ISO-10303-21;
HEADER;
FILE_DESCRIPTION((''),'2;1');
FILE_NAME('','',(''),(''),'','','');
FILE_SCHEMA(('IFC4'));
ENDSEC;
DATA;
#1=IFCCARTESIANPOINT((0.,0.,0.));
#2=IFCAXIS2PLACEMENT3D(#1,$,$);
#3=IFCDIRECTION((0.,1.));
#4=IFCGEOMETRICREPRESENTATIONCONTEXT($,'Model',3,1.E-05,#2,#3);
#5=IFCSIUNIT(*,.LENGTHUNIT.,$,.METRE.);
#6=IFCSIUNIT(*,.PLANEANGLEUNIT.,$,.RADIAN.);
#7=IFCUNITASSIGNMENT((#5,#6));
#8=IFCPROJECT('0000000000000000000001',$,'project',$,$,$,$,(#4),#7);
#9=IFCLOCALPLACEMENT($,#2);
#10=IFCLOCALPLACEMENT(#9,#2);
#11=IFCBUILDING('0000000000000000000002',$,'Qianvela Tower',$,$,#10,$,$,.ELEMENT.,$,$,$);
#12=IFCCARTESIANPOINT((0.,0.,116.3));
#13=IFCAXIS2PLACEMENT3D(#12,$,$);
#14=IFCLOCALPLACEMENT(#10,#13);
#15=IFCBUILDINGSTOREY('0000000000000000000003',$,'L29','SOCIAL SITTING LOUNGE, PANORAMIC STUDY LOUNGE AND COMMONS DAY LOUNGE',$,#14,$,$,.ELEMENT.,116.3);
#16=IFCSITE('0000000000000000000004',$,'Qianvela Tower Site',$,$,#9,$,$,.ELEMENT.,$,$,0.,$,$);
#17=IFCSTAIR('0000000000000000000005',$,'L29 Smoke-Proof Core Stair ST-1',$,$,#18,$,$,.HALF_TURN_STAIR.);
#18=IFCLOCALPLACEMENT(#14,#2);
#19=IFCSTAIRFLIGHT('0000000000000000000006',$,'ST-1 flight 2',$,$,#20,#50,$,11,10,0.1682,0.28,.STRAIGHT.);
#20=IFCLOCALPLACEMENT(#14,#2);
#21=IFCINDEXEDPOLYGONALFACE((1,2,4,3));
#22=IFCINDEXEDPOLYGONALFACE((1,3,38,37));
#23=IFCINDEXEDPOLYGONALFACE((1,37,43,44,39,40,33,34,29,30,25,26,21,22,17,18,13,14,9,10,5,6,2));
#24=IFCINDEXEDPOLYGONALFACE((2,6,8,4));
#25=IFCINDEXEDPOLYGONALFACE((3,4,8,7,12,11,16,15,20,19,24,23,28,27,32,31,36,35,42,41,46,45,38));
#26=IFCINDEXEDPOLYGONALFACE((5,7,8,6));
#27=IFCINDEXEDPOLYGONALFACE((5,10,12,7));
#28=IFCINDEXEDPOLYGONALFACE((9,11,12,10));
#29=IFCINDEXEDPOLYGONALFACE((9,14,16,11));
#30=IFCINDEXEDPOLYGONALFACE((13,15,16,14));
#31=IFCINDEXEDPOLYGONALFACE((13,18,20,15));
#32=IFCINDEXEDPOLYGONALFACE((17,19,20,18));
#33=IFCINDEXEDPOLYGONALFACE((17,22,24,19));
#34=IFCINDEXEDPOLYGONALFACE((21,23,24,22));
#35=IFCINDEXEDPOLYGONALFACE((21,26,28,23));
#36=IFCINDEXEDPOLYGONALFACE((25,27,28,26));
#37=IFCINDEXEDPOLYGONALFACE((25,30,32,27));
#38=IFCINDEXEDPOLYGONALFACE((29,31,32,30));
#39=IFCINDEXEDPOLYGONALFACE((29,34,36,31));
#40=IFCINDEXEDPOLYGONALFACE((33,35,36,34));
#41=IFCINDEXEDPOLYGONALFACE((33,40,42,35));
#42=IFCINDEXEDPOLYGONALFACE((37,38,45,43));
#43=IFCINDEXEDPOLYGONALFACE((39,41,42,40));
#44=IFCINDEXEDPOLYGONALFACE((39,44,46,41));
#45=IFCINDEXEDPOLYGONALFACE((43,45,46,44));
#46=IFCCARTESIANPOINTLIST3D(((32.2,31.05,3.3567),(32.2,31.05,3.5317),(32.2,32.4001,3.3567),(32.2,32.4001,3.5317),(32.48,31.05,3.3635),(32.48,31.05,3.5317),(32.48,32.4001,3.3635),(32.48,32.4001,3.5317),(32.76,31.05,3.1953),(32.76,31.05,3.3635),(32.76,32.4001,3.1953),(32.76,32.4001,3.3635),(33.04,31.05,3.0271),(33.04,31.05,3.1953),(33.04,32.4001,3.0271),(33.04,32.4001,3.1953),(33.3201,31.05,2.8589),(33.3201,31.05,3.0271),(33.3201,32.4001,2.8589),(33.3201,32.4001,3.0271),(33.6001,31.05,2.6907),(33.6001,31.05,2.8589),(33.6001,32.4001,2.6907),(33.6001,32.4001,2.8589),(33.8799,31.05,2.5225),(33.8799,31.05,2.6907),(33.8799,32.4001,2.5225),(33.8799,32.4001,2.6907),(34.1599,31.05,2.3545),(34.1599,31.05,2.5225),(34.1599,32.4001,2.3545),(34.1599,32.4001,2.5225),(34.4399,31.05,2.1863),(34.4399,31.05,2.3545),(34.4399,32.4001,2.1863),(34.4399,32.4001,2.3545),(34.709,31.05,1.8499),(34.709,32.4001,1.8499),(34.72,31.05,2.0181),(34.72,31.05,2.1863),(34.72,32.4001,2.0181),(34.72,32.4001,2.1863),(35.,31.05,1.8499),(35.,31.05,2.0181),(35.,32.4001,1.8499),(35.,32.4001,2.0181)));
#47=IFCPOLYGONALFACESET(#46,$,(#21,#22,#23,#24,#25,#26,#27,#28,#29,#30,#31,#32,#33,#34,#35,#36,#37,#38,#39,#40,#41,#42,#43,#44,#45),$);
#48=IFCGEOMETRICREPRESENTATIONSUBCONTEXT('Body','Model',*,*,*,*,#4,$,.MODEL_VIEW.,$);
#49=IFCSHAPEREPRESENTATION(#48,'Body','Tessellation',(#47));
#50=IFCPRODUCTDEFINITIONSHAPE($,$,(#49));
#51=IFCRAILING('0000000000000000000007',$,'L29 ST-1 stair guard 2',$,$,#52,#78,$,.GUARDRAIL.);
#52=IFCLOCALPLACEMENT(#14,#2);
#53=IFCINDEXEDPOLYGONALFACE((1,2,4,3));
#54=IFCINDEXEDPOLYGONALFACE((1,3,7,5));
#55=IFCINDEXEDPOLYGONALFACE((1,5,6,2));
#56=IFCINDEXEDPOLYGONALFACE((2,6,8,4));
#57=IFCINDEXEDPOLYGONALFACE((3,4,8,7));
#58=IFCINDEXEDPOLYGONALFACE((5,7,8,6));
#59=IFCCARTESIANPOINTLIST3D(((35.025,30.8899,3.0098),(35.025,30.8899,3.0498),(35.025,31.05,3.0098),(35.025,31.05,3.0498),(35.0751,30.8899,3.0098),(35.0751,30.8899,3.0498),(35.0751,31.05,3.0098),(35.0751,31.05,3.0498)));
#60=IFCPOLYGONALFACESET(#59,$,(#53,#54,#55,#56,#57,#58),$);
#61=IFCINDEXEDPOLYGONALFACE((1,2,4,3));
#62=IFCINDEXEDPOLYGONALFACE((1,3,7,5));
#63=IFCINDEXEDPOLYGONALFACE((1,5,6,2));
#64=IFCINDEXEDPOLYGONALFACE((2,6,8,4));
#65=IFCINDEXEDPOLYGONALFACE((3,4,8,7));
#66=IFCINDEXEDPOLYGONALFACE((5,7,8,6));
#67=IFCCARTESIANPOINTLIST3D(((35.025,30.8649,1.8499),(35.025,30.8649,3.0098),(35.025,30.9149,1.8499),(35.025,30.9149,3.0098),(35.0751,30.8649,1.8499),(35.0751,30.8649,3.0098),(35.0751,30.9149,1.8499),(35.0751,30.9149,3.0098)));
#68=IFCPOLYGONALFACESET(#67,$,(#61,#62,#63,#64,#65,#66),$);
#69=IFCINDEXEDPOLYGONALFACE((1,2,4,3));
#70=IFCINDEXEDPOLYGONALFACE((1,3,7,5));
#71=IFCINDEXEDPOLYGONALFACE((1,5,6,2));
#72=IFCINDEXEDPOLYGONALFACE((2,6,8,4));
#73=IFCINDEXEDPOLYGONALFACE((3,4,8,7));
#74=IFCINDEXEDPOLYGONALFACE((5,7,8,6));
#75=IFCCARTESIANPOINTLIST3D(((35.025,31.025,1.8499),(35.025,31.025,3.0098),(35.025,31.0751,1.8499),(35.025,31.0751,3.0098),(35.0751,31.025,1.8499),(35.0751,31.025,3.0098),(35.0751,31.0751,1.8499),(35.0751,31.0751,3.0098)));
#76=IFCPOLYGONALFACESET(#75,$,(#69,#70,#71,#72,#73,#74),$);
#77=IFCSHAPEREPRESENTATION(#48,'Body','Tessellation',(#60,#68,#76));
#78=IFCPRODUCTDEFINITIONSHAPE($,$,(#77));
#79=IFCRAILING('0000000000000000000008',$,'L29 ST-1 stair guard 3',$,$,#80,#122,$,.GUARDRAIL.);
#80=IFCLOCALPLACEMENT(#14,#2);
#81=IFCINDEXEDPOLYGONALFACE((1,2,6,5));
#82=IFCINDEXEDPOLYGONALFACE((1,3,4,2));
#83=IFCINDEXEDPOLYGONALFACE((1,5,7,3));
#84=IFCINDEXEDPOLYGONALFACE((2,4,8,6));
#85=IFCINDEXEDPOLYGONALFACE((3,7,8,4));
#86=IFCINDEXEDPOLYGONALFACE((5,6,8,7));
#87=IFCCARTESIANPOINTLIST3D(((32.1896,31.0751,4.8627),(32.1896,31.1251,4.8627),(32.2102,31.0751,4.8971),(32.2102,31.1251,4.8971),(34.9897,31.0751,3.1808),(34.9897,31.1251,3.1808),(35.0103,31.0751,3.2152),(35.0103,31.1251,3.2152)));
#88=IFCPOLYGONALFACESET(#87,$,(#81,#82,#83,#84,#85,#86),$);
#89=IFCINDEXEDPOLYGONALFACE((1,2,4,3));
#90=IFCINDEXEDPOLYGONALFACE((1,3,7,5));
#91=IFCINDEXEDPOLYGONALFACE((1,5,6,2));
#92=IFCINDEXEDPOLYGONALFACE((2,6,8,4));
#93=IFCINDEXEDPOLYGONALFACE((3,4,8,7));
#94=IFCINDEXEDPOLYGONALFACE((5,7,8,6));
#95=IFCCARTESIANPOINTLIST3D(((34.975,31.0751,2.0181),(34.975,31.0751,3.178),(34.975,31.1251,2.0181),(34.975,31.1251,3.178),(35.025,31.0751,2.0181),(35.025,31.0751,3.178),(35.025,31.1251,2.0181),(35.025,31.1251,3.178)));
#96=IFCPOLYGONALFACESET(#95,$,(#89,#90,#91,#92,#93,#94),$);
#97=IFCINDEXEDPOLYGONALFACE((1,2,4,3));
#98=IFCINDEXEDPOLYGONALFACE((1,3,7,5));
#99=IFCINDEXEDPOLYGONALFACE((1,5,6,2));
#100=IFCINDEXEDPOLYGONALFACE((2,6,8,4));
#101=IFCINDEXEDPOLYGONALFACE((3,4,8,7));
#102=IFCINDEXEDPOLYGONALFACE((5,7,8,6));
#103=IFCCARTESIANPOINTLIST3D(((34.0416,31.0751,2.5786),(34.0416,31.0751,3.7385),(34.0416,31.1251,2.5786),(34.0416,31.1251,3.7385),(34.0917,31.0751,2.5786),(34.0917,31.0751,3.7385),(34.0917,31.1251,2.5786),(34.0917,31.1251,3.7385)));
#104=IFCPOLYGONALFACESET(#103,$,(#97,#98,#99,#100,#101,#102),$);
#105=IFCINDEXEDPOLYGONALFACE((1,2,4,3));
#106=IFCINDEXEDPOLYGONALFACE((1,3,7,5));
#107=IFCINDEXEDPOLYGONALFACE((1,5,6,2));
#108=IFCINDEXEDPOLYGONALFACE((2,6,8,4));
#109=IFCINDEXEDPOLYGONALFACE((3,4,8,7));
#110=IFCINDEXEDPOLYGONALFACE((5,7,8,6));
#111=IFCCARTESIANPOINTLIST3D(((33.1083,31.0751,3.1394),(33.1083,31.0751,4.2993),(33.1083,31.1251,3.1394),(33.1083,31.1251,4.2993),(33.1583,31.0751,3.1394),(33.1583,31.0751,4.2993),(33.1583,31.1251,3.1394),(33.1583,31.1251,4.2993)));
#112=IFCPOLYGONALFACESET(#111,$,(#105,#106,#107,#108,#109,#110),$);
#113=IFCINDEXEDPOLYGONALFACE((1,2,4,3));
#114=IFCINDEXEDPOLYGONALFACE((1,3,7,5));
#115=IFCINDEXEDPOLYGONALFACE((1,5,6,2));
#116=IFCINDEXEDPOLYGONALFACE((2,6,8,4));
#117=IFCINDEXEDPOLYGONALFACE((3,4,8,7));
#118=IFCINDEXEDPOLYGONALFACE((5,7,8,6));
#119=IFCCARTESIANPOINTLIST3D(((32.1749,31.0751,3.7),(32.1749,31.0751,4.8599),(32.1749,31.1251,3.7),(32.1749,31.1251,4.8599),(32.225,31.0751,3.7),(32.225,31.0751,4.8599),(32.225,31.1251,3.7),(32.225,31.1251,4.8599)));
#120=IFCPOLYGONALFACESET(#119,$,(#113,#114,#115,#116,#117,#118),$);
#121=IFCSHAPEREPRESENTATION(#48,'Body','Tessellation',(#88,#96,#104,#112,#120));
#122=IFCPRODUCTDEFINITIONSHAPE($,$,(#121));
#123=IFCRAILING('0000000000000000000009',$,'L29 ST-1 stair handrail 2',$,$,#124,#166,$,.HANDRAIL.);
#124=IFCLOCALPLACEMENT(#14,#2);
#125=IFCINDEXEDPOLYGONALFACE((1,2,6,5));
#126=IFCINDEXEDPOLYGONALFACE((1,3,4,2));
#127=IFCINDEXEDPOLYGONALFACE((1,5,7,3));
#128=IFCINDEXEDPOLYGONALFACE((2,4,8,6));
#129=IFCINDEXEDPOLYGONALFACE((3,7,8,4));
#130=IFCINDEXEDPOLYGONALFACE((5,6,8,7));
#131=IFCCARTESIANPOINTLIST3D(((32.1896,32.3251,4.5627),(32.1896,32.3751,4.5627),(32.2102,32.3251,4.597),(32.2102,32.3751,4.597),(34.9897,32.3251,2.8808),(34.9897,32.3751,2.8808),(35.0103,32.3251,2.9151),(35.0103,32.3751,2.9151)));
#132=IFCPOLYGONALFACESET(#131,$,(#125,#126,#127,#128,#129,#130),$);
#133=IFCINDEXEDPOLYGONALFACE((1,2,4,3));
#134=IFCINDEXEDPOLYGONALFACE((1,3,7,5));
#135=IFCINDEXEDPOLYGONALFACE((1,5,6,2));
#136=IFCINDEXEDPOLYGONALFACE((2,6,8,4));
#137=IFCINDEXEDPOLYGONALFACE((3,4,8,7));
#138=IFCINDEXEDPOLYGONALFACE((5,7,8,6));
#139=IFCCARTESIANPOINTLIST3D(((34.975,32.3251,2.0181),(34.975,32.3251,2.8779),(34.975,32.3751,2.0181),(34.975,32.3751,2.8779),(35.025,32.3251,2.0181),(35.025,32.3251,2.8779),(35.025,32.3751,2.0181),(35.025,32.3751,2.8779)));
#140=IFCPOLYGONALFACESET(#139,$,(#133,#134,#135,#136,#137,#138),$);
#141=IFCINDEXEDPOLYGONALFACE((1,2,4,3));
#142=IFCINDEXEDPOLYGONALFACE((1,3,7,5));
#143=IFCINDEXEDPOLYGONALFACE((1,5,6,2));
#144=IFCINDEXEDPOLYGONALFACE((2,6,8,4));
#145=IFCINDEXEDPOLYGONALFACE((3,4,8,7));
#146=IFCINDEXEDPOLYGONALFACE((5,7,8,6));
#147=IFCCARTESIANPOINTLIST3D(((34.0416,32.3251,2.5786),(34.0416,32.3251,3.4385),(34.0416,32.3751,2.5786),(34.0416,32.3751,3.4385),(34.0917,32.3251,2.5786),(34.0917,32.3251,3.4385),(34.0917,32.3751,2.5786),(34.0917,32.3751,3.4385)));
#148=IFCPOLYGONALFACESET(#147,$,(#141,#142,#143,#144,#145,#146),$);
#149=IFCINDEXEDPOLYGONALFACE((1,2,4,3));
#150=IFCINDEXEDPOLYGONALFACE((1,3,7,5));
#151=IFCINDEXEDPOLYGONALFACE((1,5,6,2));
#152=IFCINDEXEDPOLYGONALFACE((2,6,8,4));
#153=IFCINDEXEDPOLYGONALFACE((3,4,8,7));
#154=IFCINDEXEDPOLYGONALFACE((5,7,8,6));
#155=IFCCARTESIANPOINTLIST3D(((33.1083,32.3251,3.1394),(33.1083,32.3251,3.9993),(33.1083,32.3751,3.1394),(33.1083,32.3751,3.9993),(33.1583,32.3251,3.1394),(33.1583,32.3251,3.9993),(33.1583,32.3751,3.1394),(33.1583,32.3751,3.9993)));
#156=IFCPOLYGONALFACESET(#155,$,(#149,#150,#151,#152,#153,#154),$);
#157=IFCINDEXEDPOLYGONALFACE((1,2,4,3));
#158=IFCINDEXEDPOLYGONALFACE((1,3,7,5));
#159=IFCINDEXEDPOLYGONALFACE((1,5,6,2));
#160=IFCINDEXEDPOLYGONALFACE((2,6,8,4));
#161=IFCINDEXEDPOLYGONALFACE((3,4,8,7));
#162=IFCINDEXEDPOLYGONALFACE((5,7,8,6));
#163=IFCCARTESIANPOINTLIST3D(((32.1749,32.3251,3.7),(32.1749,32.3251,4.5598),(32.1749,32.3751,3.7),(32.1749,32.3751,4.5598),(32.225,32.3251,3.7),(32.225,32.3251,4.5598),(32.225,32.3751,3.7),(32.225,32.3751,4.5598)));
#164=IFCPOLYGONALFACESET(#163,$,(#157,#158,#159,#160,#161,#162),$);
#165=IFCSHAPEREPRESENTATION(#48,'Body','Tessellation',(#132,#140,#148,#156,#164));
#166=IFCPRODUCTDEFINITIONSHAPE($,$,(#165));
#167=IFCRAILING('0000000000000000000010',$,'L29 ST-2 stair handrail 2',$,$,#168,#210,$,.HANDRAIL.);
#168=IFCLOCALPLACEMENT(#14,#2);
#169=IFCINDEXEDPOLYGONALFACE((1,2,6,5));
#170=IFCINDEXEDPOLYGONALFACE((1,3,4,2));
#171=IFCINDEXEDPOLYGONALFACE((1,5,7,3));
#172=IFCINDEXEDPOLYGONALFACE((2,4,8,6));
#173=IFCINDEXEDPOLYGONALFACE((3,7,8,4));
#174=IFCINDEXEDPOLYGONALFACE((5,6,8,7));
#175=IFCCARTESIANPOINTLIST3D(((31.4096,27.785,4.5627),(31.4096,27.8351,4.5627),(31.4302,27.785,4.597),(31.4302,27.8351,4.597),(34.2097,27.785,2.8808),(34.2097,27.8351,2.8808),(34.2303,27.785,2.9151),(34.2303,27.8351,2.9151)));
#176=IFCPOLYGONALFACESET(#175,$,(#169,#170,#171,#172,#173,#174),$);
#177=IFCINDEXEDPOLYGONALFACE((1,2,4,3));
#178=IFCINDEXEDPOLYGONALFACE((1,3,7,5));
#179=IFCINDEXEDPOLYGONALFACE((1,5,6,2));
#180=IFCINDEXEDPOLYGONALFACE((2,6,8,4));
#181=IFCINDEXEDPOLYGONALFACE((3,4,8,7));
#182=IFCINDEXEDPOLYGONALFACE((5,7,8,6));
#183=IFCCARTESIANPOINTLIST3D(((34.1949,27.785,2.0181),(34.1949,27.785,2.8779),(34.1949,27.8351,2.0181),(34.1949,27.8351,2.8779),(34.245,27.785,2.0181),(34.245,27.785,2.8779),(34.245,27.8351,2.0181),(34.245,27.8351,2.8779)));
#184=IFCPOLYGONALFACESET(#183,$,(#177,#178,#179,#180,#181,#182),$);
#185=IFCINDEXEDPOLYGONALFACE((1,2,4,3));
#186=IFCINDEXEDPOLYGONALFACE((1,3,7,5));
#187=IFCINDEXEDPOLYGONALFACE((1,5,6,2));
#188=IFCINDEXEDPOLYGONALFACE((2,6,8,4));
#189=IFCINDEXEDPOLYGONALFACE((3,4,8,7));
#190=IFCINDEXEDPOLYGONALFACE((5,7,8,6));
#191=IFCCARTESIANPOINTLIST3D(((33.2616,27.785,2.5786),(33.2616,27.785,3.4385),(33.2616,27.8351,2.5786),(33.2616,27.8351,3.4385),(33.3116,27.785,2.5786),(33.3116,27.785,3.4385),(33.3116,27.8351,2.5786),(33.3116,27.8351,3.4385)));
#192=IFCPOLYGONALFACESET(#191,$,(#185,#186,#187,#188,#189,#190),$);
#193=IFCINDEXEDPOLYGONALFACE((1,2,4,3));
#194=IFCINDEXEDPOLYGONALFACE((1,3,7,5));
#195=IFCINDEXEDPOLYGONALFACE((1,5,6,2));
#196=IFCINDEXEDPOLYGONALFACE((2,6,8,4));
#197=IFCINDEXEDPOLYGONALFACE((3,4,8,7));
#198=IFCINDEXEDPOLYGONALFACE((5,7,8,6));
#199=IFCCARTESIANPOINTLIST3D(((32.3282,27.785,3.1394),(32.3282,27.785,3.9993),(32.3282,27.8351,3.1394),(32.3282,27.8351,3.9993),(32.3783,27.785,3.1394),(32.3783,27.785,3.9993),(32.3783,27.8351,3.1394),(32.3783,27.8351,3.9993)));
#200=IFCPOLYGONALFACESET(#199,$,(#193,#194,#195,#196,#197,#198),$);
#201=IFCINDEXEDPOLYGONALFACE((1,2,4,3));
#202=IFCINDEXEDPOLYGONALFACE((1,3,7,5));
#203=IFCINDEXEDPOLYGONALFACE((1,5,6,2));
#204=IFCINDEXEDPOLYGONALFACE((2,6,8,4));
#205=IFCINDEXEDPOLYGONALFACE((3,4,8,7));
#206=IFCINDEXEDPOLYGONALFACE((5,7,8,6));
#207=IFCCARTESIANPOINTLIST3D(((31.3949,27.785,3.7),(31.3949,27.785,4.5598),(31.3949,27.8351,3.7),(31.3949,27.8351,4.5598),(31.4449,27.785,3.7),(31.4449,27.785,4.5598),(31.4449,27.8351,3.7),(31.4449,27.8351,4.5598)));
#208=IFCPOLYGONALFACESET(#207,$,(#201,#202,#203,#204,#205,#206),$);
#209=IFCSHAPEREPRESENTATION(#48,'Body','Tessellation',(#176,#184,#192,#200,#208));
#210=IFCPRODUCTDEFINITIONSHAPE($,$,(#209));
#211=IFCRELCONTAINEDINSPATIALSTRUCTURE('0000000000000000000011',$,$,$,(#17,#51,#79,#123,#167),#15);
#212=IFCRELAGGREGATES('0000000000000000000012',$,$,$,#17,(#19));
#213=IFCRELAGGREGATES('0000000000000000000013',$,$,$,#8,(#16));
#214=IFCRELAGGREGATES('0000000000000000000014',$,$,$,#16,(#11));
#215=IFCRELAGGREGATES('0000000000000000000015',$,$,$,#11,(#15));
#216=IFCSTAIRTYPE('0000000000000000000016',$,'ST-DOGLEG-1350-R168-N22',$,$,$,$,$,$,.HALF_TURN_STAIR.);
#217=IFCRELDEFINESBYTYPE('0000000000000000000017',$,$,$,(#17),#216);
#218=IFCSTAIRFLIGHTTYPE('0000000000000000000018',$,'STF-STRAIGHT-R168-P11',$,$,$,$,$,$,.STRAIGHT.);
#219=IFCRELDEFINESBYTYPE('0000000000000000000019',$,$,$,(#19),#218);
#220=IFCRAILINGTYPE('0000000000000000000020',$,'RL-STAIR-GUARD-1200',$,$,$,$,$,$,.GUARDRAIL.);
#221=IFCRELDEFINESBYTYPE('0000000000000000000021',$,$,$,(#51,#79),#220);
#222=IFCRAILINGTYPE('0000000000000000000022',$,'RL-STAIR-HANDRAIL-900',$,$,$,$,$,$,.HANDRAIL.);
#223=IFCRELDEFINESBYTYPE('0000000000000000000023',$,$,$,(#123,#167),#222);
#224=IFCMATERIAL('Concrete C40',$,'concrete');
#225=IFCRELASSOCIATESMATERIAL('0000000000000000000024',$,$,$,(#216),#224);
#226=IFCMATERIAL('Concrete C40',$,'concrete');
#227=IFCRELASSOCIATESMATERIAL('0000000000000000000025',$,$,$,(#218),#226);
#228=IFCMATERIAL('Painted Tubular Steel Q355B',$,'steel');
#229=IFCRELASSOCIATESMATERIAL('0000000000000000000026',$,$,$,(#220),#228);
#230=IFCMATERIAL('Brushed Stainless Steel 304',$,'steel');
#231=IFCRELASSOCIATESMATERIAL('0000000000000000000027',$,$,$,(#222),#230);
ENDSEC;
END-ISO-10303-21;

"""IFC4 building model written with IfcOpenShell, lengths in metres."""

from ifc_helpers import new_model, si_unit, direction, frame, origin, origin_2d, place, context, subcontext, project, spatial, polyline, rectangle, outline, extrude, material, type_object, element, aggregate, save


model = new_model("IFC4")

# Units and contexts
model_context = context("Model", 3, precision=1e-05, world=origin(), true_north=direction((0.0, 1.0)))
body_context = subcontext(model_context, "Body", "Model", "MODEL_VIEW")
ifc_project = project(units=[si_unit("LENGTHUNIT", "METRE"), si_unit("PLANEANGLEUNIT", "RADIAN")], contexts=[model_context])

# Site, building, storey
site_placement = place(None, origin())
site = spatial("IfcSite", under=ifc_project, at=site_placement, Name="Qianvela Tower Site", CompositionType="ELEMENT", RefElevation=0.0)
building_placement = place(site_placement, origin())
building = spatial("IfcBuilding", under=site, at=building_placement, Name="Qianvela Tower", CompositionType="ELEMENT")
storey_placement = place(building_placement, frame((0.0, 0.0, 116.3)))
storey = spatial("IfcBuildingStorey", under=building, at=storey_placement, Name="L29", Description="SOCIAL SITTING LOUNGE, PANORAMIC STUDY LOUNGE AND COMMONS DAY LOUNGE", CompositionType="ELEMENT", Elevation=116.3)

# Stair, stair flight
ifc_material_1 = material(Name="Concrete C40", Category="concrete")
stair_type = type_object("IfcStairType", Name="ST-DOGLEG-1350-R168-N22", PredefinedType="HALF_TURN_STAIR", material=ifc_material_1)
stair_placement = place(storey_placement, origin())
stair = element("IfcStair", 1, at=stair_placement, inside=storey, type_object=stair_type, Name="L29 Smoke-Proof Core Stair ST-1", PredefinedType="HALF_TURN_STAIR")
ifc_material_2 = material(Name="Concrete C40", Category="concrete")
stair_flight_type = type_object("IfcStairFlightType", Name="STF-STRAIGHT-R168-P11", PredefinedType="STRAIGHT", material=ifc_material_2)
stair_flight_placement = place(storey_placement, frame((35.0, 31.7251, 1.8499), z_axis=(0.0, 0.0, 1.0), x_axis=(-1.0, 0.0, 0.0)))
stair_flight = element("IfcStairFlight", 2, at=stair_flight_placement, type_object=stair_flight_type, Name="ST-1 flight 2", NumberOfRisers=11, NumberOfTreads=10, PredefinedType="STRAIGHT", RiserHeight=0.1682, TreadLength=0.28, context=body_context, shape_type="SweptSolid", body=[
    extrude(outline(polyline([(0.0, 0.0), (0.0, 0.1682), (0.28, 0.1682), (0.28, 0.3364), (0.5601, 0.3364), (0.5601, 0.5046), (0.8401, 0.5046), (0.8401, 0.6726), (1.1201, 0.6726), (1.1201, 0.8408), (1.3999, 0.8408), (1.3999, 1.009), (1.6799, 1.009), (1.6799, 1.1772), (1.96, 1.1772), (1.96, 1.3455), (2.24, 1.3455), (2.24, 1.5137), (2.52, 1.5137), (2.52, 1.6819), (2.8, 1.6819), (2.8, 1.8501), (2.8, 1.5068), (0.291, 0.0), (0.0, 0.0)])), frame((0.0, 0.675, 0.0), z_axis=(0.0, -1.0, 0.0), x_axis=(1.0, 0.0, 0.0)), (0.0, 0.0, 1.0), 1.3501),
])
aggregate(stair, [stair_flight])

# Railings
ifc_material_3 = material(Name="Painted Tubular Steel Q355B", Category="steel")
railing_type_1 = type_object("IfcRailingType", Name="RL-STAIR-GUARD-1200", PredefinedType="GUARDRAIL", material=ifc_material_3)
railing_1_placement = place(storey_placement, frame((35.05, 30.8899, 1.8499)))
element("IfcRailing", 3, at=railing_1_placement, inside=storey, type_object=railing_type_1, Name="L29 ST-1 stair guard 2", PredefinedType="GUARDRAIL", context=body_context, shape_type="SweptSolid", body=[
    extrude(rectangle(XDim=0.05, YDim=0.04, at=origin_2d()), frame((0.0, 0.0, 1.1799), z_axis=(0.0, 1.0, 0.0), x_axis=(-1.0, 0.0, 0.0)), (0.0, 0.0, 1.0), 0.1602),
    extrude(rectangle(XDim=0.05, YDim=0.05, at=origin_2d()), origin(), (0.0, 0.0, 1.0), 1.1599),
    extrude(rectangle(XDim=0.05, YDim=0.05, at=origin_2d()), frame((0.0, 0.1602, 0.0)), (0.0, 0.0, 1.0), 1.1599),
])
railing_2_placement = place(storey_placement, frame((35.0, 31.1001, 2.0181)))
element("IfcRailing", 4, at=railing_2_placement, inside=storey, type_object=railing_type_1, Name="L29 ST-1 stair guard 3", PredefinedType="GUARDRAIL", context=body_context, shape_type="SweptSolid", body=[
    extrude(rectangle(XDim=0.05, YDim=0.04, at=origin_2d()), frame((0.0, 0.0, 1.1799), z_axis=(-0.857242, 0.0, 0.514913), x_axis=(0.0, -1.0, 0.0)), (0.0, 0.0, 1.0), 3.2664),
    extrude(rectangle(XDim=0.05, YDim=0.05, at=origin_2d()), origin(), (0.0, 0.0, 1.0), 1.1599),
    extrude(rectangle(XDim=0.05, YDim=0.05, at=origin_2d()), frame((-0.9333, 0.0, 0.5605)), (0.0, 0.0, 1.0), 1.1599),
    extrude(rectangle(XDim=0.05, YDim=0.05, at=origin_2d()), frame((-1.8667, 0.0, 1.1213)), (0.0, 0.0, 1.0), 1.1599),
    extrude(rectangle(XDim=0.05, YDim=0.05, at=origin_2d()), frame((-2.8, 0.0, 1.6819)), (0.0, 0.0, 1.0), 1.1599),
])
ifc_material_4 = material(Name="Brushed Stainless Steel 304", Category="steel")
railing_type_2 = type_object("IfcRailingType", Name="RL-STAIR-HANDRAIL-900", PredefinedType="HANDRAIL", material=ifc_material_4)
for number, where, name in (
    (5, (35.0, 32.3501, 2.0181), "L29 ST-1 stair handrail 2"),
    (6, (34.22, 27.8101, 2.0181), "L29 ST-2 stair handrail 2"),
):
    element("IfcRailing", number, at=place(storey_placement, frame(where)), inside=storey, type_object=railing_type_2, Name=name, PredefinedType="HANDRAIL", context=body_context, shape_type="SweptSolid", body=[
        extrude(rectangle(XDim=0.05, YDim=0.04, at=origin_2d()), frame((0.0, 0.0, 0.8799), z_axis=(-0.857242, 0.0, 0.514913), x_axis=(0.0, -1.0, 0.0)), (0.0, 0.0, 1.0), 3.2664),
        extrude(rectangle(XDim=0.05, YDim=0.05, at=origin_2d()), origin(), (0.0, 0.0, 1.0), 0.8599),
        extrude(rectangle(XDim=0.05, YDim=0.05, at=origin_2d()), frame((-0.9333, 0.0, 0.5605)), (0.0, 0.0, 1.0), 0.8599),
        extrude(rectangle(XDim=0.05, YDim=0.05, at=origin_2d()), frame((-1.8667, 0.0, 1.1213)), (0.0, 0.0, 1.0), 0.8599),
        extrude(rectangle(XDim=0.05, YDim=0.05, at=origin_2d()), frame((-2.8, 0.0, 1.6819)), (0.0, 0.0, 1.0), 0.8599),
    ])

save(model, "model.ifc")
